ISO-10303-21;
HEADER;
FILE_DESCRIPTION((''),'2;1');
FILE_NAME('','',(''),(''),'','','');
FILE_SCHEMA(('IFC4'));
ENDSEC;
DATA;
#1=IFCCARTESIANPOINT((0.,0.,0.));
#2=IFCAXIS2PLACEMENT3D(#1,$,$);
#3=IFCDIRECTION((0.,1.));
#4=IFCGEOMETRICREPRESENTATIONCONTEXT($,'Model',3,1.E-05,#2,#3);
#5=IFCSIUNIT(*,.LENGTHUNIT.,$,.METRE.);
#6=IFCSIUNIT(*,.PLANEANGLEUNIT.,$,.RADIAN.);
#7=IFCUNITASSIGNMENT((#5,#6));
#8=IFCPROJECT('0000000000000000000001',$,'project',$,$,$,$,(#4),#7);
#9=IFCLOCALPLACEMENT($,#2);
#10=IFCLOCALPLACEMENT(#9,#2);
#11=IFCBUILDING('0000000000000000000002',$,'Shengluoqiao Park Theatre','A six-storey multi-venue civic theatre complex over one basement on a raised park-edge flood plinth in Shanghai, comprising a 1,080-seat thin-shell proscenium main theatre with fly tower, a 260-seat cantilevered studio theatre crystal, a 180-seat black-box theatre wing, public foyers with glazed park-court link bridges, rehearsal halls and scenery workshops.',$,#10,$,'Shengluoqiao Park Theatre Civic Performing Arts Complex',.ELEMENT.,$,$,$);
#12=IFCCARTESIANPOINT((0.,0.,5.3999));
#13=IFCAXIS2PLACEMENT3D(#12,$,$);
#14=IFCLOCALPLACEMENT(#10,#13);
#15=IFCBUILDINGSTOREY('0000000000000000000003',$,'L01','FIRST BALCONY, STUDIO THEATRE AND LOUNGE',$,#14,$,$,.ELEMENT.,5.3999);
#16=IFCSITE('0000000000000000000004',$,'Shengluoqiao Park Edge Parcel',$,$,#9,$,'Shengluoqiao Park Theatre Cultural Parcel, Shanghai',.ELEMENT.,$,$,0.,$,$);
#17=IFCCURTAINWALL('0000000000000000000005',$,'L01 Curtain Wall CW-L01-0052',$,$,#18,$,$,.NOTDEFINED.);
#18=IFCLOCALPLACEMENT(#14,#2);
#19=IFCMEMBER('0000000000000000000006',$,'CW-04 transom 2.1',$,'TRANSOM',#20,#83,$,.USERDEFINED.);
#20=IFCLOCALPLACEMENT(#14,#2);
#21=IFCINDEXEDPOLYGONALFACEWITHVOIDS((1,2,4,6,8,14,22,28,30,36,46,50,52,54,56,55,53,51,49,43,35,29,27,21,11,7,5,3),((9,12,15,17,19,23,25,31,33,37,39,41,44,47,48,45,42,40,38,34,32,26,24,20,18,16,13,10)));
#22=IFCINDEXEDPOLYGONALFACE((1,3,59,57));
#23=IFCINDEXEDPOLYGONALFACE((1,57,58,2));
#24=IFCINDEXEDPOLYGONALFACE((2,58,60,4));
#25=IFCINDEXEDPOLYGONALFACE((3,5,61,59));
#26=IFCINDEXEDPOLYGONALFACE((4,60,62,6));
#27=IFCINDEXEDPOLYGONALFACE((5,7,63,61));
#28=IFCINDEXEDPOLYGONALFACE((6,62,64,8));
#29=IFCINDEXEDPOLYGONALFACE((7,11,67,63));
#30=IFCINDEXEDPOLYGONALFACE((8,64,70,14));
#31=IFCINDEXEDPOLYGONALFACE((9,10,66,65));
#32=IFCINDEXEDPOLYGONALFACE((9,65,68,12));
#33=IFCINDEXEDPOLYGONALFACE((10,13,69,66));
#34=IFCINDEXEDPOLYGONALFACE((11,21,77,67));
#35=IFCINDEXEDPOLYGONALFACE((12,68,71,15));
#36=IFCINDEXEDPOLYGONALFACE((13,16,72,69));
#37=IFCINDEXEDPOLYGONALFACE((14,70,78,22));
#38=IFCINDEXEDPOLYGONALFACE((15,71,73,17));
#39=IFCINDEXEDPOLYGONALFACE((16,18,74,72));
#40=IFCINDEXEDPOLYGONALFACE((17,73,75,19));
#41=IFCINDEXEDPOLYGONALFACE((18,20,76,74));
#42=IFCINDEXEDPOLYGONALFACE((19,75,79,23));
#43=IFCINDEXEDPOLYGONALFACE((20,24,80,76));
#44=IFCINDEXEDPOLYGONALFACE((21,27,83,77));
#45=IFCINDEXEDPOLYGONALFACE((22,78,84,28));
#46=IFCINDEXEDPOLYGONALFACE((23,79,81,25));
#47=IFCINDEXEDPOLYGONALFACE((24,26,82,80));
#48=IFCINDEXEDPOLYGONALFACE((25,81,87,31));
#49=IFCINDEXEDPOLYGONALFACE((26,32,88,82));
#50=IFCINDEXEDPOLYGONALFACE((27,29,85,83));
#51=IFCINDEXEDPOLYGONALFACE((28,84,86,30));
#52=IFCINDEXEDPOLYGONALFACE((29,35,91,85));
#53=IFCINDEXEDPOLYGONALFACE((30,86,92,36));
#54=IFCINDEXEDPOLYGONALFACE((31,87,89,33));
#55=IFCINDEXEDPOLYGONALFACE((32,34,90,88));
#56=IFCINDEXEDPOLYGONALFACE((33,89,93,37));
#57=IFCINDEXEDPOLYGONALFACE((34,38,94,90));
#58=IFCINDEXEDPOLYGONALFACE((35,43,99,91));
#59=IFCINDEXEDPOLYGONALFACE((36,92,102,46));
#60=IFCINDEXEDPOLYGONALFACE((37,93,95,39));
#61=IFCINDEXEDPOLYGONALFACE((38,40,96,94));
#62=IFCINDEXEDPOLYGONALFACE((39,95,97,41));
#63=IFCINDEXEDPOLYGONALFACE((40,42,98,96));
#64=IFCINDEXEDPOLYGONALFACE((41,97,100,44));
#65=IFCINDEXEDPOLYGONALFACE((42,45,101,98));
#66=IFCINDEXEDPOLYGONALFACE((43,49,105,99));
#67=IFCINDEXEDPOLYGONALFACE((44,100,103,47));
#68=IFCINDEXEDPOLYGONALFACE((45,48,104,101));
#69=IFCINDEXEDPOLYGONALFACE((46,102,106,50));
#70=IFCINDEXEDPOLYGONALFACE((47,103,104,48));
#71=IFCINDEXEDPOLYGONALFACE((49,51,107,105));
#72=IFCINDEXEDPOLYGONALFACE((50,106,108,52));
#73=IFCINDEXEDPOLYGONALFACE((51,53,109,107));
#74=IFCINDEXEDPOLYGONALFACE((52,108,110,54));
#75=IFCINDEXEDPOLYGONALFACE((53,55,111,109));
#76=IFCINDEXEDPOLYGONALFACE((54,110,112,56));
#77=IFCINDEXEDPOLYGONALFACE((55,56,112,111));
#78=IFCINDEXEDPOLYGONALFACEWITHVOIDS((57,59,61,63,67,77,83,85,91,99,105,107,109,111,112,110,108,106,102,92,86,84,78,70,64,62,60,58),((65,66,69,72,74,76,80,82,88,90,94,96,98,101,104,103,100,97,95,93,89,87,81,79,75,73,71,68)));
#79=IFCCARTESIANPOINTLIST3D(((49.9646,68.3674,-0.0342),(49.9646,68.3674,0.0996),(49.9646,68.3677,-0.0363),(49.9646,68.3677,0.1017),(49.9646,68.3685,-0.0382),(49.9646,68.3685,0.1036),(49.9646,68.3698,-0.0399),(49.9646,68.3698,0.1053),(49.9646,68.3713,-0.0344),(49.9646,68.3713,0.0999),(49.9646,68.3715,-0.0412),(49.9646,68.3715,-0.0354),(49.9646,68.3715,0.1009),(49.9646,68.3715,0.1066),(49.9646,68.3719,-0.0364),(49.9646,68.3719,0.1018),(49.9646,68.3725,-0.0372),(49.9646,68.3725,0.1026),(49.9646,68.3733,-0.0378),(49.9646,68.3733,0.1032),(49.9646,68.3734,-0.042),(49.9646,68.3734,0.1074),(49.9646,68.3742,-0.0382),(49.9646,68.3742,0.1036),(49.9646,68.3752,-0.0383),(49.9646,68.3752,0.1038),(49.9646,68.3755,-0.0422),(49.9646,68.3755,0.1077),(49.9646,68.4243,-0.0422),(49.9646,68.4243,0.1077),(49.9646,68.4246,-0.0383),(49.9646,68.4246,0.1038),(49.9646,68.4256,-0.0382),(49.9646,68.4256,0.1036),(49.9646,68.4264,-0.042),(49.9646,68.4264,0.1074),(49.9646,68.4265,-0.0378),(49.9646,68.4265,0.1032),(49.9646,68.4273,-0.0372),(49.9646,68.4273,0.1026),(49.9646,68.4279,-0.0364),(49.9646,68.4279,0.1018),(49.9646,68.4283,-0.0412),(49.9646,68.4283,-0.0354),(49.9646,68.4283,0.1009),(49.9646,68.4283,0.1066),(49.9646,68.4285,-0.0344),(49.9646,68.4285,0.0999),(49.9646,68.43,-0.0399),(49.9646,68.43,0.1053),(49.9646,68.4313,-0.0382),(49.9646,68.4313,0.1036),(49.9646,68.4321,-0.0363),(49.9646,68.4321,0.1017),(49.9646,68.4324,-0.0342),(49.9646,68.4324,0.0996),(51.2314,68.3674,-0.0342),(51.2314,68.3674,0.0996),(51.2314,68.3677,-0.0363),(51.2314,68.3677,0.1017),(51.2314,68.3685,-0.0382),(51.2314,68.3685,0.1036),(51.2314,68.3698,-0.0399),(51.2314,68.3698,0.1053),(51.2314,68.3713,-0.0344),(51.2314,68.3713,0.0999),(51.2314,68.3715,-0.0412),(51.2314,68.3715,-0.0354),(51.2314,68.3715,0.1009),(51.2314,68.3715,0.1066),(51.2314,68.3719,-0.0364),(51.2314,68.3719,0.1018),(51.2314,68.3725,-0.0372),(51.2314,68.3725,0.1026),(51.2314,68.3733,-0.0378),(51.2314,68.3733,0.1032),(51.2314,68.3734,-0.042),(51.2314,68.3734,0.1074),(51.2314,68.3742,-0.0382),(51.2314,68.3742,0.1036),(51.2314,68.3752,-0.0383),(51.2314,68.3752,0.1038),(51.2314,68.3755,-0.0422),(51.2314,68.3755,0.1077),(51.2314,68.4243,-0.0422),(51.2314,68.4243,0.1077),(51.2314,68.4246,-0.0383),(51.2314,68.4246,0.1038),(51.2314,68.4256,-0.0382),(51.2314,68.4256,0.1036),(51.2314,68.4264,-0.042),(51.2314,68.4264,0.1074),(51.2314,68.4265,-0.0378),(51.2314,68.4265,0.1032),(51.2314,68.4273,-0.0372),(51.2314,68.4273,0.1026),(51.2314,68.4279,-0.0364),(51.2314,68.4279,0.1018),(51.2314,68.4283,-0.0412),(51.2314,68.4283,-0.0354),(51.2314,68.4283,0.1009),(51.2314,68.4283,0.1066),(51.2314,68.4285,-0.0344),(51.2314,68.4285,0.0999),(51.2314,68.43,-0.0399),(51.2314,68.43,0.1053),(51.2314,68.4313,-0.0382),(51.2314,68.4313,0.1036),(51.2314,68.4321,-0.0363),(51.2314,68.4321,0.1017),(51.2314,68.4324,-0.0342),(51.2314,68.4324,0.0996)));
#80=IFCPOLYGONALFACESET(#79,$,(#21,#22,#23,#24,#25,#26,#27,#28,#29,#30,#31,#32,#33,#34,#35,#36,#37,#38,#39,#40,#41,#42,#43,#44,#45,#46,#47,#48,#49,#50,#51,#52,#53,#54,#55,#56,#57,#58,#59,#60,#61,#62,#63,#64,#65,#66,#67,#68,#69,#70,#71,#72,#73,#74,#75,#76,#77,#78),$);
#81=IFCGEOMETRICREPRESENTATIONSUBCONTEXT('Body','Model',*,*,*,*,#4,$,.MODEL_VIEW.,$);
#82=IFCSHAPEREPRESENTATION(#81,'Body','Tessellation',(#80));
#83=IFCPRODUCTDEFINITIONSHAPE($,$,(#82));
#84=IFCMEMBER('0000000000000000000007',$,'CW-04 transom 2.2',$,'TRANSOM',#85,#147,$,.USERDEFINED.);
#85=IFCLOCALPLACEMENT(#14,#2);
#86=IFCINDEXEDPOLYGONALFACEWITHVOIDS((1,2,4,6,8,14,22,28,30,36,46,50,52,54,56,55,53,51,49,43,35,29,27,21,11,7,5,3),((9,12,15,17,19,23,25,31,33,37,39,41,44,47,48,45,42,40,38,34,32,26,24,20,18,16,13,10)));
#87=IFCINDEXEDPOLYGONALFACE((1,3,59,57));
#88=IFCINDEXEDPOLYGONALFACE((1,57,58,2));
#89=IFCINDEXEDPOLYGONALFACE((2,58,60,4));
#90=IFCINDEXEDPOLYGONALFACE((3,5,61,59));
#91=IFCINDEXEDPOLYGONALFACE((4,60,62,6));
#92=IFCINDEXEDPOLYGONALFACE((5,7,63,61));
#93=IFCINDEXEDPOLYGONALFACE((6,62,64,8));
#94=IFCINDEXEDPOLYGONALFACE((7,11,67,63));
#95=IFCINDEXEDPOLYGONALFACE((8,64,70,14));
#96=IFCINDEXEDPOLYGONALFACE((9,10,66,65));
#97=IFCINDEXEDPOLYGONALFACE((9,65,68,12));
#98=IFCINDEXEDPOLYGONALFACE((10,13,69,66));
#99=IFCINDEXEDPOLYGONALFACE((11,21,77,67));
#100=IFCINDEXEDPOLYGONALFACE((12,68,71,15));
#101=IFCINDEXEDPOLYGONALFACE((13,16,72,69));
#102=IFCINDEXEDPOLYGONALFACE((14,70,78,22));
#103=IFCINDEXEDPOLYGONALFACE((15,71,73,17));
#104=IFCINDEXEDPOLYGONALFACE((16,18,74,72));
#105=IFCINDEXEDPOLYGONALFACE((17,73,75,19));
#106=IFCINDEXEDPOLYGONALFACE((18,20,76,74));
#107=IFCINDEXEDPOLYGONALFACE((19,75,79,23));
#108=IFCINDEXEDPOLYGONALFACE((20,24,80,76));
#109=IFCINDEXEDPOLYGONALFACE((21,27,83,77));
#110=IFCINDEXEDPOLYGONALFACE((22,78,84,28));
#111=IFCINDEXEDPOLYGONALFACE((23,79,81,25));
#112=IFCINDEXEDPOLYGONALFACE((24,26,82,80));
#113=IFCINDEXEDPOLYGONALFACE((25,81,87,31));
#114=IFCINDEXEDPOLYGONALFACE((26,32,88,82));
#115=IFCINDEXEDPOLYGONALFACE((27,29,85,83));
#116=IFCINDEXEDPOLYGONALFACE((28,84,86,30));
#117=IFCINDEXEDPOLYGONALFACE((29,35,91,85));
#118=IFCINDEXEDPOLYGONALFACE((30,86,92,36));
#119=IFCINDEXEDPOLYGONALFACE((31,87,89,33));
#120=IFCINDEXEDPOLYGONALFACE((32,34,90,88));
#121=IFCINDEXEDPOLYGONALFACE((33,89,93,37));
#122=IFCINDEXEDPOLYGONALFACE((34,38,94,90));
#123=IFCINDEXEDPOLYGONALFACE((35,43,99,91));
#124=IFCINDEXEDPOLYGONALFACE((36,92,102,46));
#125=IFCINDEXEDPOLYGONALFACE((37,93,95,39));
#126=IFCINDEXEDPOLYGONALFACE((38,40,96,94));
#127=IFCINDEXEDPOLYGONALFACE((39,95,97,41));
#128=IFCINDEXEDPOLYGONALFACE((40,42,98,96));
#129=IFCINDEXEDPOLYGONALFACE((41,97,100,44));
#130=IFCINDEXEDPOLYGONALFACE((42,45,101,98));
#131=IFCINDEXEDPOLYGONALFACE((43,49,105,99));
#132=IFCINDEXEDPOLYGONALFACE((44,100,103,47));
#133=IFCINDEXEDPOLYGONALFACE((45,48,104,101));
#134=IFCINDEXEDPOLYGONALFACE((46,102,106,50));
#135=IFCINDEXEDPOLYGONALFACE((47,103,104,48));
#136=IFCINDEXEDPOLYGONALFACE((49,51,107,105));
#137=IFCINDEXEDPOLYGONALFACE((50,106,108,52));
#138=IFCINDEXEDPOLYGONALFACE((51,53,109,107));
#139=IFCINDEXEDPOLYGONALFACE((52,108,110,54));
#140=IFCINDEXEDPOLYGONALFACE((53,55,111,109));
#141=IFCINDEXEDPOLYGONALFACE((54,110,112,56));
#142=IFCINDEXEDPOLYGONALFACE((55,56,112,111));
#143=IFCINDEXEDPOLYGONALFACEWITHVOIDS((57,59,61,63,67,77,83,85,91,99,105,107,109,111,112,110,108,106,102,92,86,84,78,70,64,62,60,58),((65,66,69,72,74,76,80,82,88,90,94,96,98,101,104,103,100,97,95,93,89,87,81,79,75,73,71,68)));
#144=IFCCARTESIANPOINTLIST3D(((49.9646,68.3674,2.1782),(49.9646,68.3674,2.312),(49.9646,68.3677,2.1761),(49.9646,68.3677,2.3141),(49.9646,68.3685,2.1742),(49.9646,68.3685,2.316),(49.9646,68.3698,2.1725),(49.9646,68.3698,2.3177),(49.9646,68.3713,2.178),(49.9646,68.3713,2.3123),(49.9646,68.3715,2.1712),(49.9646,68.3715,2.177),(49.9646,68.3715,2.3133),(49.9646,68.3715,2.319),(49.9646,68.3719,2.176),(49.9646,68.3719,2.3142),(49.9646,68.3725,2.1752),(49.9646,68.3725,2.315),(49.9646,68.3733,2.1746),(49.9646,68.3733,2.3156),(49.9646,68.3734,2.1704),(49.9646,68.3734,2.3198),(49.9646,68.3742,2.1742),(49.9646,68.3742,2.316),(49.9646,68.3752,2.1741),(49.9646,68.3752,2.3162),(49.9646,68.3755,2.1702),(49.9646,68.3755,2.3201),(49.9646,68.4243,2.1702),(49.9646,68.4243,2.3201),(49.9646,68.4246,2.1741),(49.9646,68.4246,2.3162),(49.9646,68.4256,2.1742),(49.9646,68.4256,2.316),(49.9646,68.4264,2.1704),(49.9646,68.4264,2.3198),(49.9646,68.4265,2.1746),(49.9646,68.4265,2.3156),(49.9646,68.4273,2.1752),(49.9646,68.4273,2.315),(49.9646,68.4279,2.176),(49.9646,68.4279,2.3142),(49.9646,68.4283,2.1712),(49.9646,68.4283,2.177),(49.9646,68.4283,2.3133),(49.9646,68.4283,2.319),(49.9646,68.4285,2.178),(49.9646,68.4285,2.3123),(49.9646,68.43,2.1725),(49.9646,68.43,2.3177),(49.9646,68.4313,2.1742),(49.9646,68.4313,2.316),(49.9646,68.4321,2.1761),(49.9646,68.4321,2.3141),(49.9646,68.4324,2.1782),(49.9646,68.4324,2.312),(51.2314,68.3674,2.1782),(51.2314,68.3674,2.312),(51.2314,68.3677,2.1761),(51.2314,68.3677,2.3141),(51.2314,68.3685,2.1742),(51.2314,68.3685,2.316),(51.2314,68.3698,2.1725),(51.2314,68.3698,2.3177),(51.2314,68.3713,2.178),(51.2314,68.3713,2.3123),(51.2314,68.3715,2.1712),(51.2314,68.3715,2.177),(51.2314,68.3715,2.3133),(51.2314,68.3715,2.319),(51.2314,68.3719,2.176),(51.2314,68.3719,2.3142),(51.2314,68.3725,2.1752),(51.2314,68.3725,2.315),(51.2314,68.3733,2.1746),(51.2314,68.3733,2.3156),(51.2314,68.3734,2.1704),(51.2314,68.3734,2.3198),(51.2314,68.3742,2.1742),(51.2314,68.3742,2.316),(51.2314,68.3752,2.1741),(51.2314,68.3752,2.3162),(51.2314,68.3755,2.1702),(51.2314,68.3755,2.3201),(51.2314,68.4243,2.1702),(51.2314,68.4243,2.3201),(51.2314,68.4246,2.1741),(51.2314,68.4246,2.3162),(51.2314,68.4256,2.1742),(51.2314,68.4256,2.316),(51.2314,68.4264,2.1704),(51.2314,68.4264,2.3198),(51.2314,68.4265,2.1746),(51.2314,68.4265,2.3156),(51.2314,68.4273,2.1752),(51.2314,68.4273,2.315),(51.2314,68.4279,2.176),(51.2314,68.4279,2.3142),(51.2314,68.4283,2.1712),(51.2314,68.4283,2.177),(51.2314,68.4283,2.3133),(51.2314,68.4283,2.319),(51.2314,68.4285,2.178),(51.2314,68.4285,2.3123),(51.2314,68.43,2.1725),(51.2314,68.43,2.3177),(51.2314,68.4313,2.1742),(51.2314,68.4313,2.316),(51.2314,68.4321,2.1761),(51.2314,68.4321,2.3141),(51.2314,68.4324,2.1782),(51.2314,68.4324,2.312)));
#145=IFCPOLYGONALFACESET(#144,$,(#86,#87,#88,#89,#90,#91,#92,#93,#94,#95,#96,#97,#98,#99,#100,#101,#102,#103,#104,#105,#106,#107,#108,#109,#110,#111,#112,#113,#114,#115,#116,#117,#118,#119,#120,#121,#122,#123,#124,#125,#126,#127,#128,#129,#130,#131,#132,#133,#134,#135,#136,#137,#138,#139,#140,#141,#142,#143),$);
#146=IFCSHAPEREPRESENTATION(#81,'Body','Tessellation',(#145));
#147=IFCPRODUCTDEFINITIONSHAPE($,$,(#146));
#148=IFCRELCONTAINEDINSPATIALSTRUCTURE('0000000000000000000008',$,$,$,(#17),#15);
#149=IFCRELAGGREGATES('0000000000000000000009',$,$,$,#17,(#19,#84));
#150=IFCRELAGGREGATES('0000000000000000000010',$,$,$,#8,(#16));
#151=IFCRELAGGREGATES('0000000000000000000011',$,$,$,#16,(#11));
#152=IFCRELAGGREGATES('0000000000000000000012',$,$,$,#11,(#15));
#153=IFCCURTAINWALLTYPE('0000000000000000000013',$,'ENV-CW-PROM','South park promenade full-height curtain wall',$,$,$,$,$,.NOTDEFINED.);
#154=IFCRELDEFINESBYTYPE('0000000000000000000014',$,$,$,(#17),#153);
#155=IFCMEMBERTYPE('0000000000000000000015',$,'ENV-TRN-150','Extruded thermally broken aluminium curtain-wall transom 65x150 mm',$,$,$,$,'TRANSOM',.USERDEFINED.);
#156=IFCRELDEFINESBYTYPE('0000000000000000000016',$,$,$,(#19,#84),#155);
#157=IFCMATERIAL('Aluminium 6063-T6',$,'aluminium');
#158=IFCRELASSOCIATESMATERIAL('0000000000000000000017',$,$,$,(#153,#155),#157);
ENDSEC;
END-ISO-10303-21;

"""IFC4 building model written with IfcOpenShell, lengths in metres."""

from ifc_helpers import new_model, si_unit, direction, frame, origin, origin_2d, place, context, subcontext, project, spatial, hollow_rectangle, extrude, material, material_profile, profile_set, type_object, element, aggregate, save


model = new_model("IFC4")

# Units and contexts
model_context = context("Model", 3, precision=1e-05, world=origin(), true_north=direction((0.0, 1.0)))
body_context = subcontext(model_context, "Body", "Model", "MODEL_VIEW")
ifc_project = project(units=[si_unit("LENGTHUNIT", "METRE"), si_unit("PLANEANGLEUNIT", "RADIAN")], contexts=[model_context])

# Site, building, storey
site_placement = place(None, origin())
site = spatial("IfcSite", under=ifc_project, at=site_placement, Name="Shengluoqiao Park Edge Parcel", LongName="Shengluoqiao Park Theatre Cultural Parcel, Shanghai", CompositionType="ELEMENT", RefElevation=0.0)
building_placement = place(site_placement, origin())
building = spatial("IfcBuilding", under=site, at=building_placement, Name="Shengluoqiao Park Theatre", Description="A six-storey multi-venue civic theatre complex over one basement on a raised park-edge flood plinth in Shanghai, comprising a 1,080-seat thin-shell proscenium main theatre with fly tower, a 260-seat cantilevered studio theatre crystal, a 180-seat black-box theatre wing, public foyers with glazed park-court link bridges, rehearsal halls and scenery workshops.", LongName="Shengluoqiao Park Theatre Civic Performing Arts Complex", CompositionType="ELEMENT")
storey_placement = place(building_placement, frame((0.0, 0.0, 5.3999)))
storey = spatial("IfcBuildingStorey", under=building, at=storey_placement, Name="L01", Description="FIRST BALCONY, STUDIO THEATRE AND LOUNGE", CompositionType="ELEMENT", Elevation=5.3999)

# Curtain wall
ifc_material_1 = material(Name="Aluminium 6063-T6", Category="aluminium")
curtain_wall_type = type_object("IfcCurtainWallType", Name="ENV-CW-PROM", Description="South park promenade full-height curtain wall", PredefinedType="NOTDEFINED", material=ifc_material_1)
curtain_wall_1_placement = place(storey_placement, origin())
curtain_wall_1 = element("IfcCurtainWall", 1, at=curtain_wall_1_placement, inside=storey, type_object=curtain_wall_type, Name="L01 Curtain Wall CW-L01-0052", PredefinedType="NOTDEFINED")

# Members
ifc_material_profile_1 = material_profile(ifc_material_1, hollow_rectangle(XDim=0.0649, YDim=0.1499, WallThickness=0.0039, InnerFilletRadius=0.0039, OuterFilletRadius=0.0081, at=origin_2d()), Name="ALU TRANSOM 150x65x4")
ifc_profile_set_1 = profile_set([ifc_material_profile_1], Name="Aluminium 6063-T6")
member_type_1 = type_object("IfcMemberType", Name="ENV-TRN-150", Description="Extruded thermally broken aluminium curtain-wall transom 65x150 mm", ElementType="TRANSOM", PredefinedType="USERDEFINED", material=ifc_profile_set_1)
member_1_placement = place(storey_placement, frame((49.9646, 68.3999, 0.0327), z_axis=(1.0, 0.0, 0.0), x_axis=(0.0, 1.0, 0.0)))
member_1 = element("IfcMember", 2, at=member_1_placement, type_object=member_type_1, Name="CW-04 transom 2.1", ObjectType="TRANSOM", PredefinedType="USERDEFINED", context=body_context, shape_type="SweptSolid", body=[
    extrude(hollow_rectangle(XDim=0.0649, YDim=0.1499, WallThickness=0.0039, InnerFilletRadius=0.0039, OuterFilletRadius=0.0081, at=origin_2d()), origin(), (0.0, 0.0, 1.0), 1.2668),
])
member_2_placement = place(storey_placement, frame((49.9646, 68.3999, 2.2451), z_axis=(1.0, 0.0, 0.0), x_axis=(0.0, 1.0, 0.0)))
member_2 = element("IfcMember", 3, at=member_2_placement, type_object=member_type_1, Name="CW-04 transom 2.2", ObjectType="TRANSOM", PredefinedType="USERDEFINED", context=body_context, shape_type="SweptSolid", body=[
    extrude(hollow_rectangle(XDim=0.0649, YDim=0.1499, WallThickness=0.0039, InnerFilletRadius=0.0039, OuterFilletRadius=0.0081, at=origin_2d()), origin(), (0.0, 0.0, 1.0), 1.2668),
])

aggregate(curtain_wall_1, [member_1, member_2])

save(model, "model.ifc")
